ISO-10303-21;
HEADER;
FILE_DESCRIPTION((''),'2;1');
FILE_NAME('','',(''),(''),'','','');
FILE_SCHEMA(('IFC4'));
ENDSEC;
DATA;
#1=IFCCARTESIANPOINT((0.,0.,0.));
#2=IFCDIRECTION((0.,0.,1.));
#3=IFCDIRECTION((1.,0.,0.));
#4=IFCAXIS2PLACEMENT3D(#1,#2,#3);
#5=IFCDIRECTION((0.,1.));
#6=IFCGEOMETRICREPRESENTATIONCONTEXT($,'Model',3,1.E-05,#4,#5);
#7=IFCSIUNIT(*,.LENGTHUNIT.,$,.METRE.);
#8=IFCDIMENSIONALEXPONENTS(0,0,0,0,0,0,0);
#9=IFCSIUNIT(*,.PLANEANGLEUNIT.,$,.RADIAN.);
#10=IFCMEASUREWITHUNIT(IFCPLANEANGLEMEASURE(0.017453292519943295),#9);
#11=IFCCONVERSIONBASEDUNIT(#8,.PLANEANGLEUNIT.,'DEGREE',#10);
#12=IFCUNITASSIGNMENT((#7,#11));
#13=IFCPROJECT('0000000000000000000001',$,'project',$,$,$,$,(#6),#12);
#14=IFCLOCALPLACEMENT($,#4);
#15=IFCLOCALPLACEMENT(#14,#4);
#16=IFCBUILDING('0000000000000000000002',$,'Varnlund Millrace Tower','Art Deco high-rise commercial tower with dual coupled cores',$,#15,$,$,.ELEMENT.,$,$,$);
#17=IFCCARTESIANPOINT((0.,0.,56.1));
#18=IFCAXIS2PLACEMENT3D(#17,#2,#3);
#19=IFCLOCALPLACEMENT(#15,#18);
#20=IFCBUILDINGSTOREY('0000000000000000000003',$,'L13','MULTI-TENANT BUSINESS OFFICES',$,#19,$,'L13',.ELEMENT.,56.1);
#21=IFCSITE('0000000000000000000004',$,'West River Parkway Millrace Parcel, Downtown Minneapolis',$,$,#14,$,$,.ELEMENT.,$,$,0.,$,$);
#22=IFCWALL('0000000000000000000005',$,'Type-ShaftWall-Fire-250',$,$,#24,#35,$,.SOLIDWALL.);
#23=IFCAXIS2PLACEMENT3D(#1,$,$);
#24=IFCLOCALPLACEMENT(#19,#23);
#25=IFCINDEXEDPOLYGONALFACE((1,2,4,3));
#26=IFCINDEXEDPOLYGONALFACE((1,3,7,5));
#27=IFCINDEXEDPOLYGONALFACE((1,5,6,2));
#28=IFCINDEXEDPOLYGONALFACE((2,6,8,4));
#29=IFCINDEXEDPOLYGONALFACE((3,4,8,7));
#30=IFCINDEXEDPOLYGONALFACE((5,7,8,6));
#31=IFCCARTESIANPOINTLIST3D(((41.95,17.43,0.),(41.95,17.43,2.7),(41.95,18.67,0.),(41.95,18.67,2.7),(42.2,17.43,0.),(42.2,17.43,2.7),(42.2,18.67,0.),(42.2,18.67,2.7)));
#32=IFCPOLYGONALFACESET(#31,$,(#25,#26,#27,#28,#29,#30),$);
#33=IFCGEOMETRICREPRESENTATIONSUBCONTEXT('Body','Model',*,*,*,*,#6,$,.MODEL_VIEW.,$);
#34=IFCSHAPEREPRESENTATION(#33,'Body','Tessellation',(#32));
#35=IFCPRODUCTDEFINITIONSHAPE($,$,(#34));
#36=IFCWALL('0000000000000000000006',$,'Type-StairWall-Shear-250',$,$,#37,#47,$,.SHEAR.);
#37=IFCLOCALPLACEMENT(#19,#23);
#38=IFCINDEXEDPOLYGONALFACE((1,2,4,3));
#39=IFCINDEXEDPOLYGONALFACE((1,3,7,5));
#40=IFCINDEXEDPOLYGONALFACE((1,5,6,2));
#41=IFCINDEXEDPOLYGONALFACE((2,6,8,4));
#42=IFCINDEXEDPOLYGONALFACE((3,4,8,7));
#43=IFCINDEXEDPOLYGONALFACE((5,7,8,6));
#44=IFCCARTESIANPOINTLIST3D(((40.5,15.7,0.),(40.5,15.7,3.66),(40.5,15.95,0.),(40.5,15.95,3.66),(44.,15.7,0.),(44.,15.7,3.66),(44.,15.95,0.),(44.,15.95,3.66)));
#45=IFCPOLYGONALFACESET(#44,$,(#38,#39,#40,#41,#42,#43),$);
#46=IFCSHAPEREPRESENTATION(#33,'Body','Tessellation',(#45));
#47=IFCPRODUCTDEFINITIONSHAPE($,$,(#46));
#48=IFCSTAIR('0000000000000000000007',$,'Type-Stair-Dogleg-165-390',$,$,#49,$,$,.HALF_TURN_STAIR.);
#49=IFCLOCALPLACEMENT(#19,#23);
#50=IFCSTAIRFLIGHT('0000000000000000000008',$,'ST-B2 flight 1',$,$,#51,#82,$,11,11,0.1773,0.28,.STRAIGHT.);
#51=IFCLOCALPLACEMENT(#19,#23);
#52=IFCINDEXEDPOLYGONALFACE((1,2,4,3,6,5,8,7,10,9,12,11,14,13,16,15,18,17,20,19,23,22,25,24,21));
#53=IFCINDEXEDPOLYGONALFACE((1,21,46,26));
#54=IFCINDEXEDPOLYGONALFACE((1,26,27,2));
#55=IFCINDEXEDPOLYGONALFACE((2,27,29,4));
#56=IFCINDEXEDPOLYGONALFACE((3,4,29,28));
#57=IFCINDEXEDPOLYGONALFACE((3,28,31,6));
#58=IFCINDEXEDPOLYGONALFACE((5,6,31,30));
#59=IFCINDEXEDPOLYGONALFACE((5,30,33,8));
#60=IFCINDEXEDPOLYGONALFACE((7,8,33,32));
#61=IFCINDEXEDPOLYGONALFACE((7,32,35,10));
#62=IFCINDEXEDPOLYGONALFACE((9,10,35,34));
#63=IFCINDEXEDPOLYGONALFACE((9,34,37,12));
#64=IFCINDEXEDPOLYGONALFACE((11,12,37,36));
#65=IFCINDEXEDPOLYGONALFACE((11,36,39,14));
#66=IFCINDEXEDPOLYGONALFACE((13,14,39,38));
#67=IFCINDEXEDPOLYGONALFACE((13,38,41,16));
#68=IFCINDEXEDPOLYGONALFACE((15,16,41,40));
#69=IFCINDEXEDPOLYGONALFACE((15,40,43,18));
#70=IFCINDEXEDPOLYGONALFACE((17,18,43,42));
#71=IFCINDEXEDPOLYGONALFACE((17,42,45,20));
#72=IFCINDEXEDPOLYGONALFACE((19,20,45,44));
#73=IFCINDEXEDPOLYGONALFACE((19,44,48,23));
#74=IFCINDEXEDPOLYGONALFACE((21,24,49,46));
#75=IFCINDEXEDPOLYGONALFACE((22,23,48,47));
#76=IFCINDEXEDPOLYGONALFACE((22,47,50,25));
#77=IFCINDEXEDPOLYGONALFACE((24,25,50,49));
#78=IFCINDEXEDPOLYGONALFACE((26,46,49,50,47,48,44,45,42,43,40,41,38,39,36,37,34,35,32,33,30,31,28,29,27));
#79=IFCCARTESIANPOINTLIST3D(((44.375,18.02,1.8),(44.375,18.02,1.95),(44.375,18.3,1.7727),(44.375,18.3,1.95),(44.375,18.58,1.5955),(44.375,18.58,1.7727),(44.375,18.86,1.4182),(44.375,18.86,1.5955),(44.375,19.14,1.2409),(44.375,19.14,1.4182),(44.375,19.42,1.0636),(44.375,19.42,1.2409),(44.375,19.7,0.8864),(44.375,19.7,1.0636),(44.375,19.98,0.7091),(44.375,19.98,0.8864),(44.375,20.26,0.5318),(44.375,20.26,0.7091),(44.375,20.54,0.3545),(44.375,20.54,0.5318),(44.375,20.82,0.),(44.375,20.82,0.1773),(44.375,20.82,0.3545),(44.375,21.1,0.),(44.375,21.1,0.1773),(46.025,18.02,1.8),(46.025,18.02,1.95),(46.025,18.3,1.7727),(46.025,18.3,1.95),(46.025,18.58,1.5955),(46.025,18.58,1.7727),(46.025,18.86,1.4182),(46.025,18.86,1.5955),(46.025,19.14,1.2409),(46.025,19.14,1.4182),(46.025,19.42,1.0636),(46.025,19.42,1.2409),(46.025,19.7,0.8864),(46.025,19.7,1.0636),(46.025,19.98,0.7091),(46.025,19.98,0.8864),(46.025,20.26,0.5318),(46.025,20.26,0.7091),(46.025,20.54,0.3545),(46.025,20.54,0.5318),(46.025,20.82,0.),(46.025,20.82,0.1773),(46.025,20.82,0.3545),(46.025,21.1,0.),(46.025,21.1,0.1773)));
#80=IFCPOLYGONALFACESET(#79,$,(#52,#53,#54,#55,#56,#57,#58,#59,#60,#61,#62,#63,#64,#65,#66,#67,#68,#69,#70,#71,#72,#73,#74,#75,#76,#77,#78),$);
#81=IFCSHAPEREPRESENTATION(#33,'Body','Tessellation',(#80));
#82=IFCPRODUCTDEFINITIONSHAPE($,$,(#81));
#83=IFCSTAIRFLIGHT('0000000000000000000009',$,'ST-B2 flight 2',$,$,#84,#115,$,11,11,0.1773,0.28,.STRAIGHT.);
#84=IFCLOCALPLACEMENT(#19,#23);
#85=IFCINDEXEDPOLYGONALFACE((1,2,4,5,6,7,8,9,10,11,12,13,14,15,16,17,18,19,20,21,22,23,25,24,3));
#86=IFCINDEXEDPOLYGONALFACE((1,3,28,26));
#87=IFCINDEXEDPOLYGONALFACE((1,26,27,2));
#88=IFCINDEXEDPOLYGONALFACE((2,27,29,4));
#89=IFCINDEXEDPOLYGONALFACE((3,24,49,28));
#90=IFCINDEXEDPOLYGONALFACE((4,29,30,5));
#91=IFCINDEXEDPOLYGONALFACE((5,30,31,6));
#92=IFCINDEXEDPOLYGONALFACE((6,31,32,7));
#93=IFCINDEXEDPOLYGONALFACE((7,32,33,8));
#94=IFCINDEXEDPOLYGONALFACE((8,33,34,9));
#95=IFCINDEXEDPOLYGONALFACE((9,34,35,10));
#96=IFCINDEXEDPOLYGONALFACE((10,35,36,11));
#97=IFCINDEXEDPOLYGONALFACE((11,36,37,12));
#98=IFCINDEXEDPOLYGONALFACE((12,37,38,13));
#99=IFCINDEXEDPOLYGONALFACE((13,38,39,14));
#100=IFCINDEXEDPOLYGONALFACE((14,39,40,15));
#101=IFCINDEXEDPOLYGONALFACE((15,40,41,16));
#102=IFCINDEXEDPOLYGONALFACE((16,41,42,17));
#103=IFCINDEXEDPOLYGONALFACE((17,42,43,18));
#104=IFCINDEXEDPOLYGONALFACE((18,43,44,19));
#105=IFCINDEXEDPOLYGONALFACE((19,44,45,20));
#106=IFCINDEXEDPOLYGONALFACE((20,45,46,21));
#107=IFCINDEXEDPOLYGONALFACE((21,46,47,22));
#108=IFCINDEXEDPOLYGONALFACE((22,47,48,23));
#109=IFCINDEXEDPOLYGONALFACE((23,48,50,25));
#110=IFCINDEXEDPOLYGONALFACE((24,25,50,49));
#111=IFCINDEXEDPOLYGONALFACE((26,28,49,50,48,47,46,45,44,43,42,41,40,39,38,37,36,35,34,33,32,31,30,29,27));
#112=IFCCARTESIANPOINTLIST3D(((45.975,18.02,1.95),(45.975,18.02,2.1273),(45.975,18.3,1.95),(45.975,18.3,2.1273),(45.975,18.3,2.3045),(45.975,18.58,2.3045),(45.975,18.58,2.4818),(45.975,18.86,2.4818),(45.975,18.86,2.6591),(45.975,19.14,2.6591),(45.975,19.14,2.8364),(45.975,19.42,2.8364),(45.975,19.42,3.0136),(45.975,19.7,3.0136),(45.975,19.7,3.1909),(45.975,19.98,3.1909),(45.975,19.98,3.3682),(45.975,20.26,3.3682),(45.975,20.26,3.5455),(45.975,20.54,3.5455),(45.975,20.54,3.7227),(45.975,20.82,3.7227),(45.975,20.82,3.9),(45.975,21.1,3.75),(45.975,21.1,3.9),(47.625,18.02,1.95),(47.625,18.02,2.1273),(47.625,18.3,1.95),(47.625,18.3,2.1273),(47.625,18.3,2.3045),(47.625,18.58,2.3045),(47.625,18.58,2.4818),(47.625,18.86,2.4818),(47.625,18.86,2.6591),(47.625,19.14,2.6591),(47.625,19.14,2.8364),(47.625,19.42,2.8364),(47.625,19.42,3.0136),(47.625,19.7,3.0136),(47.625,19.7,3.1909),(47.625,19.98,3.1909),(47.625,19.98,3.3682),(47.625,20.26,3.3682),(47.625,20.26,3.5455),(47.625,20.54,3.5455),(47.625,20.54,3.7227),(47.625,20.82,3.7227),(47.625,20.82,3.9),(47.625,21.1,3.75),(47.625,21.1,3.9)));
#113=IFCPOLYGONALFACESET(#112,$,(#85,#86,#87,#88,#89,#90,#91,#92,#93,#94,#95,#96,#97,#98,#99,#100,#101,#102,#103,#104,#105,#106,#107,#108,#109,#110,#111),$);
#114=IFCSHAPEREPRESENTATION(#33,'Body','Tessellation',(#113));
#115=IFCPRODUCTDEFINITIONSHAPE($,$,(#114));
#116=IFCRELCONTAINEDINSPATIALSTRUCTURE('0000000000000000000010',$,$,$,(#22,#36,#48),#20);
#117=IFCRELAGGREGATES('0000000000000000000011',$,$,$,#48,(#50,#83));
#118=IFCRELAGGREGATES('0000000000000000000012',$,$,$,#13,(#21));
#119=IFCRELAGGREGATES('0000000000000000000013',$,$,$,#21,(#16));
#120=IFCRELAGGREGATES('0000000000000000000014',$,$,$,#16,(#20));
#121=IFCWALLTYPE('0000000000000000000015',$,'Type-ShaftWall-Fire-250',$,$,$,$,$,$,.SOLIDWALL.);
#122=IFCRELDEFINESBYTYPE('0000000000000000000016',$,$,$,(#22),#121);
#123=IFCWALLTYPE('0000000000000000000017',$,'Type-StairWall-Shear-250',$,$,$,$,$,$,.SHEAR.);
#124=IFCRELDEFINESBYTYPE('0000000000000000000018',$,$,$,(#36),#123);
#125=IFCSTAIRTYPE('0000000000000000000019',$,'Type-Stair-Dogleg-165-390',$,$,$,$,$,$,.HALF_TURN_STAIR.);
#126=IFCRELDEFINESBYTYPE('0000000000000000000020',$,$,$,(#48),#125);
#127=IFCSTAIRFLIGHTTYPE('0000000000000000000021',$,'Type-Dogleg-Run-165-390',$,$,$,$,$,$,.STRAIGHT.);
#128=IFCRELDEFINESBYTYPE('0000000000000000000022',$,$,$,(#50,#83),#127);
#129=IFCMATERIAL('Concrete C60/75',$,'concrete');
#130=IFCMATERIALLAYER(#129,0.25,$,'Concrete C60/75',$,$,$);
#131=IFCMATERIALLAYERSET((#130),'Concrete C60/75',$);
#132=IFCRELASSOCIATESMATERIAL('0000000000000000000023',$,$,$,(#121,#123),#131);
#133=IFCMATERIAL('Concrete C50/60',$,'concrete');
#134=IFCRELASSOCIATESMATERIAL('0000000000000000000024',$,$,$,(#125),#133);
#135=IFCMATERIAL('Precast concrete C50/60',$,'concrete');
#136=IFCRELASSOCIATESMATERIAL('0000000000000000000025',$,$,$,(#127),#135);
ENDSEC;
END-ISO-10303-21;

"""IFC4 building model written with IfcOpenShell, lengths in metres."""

from ifc_helpers import new_model, entity, si_unit, converted_unit, direction, frame, origin_with_axes, place, context, subcontext, project, spatial, polyline, outline, extrude, material, layer, layer_set, type_object, element, aggregate, save


model = new_model("IFC4")

# Units and contexts
model_context = context("Model", 3, precision=1e-05, world=origin_with_axes(), true_north=direction((0.0, 1.0)))
body_context = subcontext(model_context, "Body", "Model", "MODEL_VIEW")
ifc_project = project(units=[si_unit("LENGTHUNIT", "METRE"), converted_unit("PLANEANGLEUNIT", "DEGREE", entity("IfcPlaneAngleMeasure", 0.017453292519943295), si_unit("PLANEANGLEUNIT", "RADIAN"), dimensions=[0, 0, 0, 0, 0, 0, 0])], contexts=[model_context])

# Site, building, storey
site_placement = place(None, origin_with_axes())
site = spatial("IfcSite", under=ifc_project, at=site_placement, Name="West River Parkway Millrace Parcel, Downtown Minneapolis", CompositionType="ELEMENT", RefElevation=0.0)
building_placement = place(site_placement, origin_with_axes())
building = spatial("IfcBuilding", under=site, at=building_placement, Name="Varnlund Millrace Tower", Description="Art Deco high-rise commercial tower with dual coupled cores", CompositionType="ELEMENT")
storey_placement = place(building_placement, frame((0.0, 0.0, 56.1), z_axis=(0.0, 0.0, 1.0), x_axis=(1.0, 0.0, 0.0)))
storey = spatial("IfcBuildingStorey", under=building, at=storey_placement, Name="L13", Description="MULTI-TENANT BUSINESS OFFICES", LongName="L13", CompositionType="ELEMENT", Elevation=56.1)

# Shared definitions
ifc_material_1 = material(Name="Precast concrete C50/60", Category="concrete")

# Shared definitions
ifc_material_2 = material(Name="Concrete C60/75", Category="concrete")
ifc_layer_1 = layer(ifc_material_2, 0.25, Name="Concrete C60/75")
ifc_layer_set_1 = layer_set([ifc_layer_1], Name="Concrete C60/75")
wall_type_1 = type_object("IfcWallType", Name="Type-ShaftWall-Fire-250", PredefinedType="SOLIDWALL", material=ifc_layer_set_1)

# Walls
wall_1_placement = place(storey_placement, frame((42.075, 17.43, 0.0), z_axis=(0.0, 0.0, 1.0), x_axis=(0.0, 1.0, 0.0)))
element("IfcWall", 1, at=wall_1_placement, inside=storey, type_object=wall_type_1, Name="Type-ShaftWall-Fire-250", PredefinedType="SOLIDWALL", context=body_context, shape_type="SweptSolid", body=[
    extrude(outline(polyline([(0.0, -0.125), (1.24, -0.125), (1.24, 0.125), (0.0, 0.125), (0.0, -0.125)])), origin_with_axes(), (0.0, 0.0, 1.0), 2.7),
])
wall_type_2 = type_object("IfcWallType", Name="Type-StairWall-Shear-250", PredefinedType="SHEAR", material=ifc_layer_set_1)
wall_2_placement = place(storey_placement, frame((40.5, 15.825, 0.0), z_axis=(0.0, 0.0, 1.0), x_axis=(1.0, 0.0, 0.0)))
element("IfcWall", 2, at=wall_2_placement, inside=storey, type_object=wall_type_2, Name="Type-StairWall-Shear-250", PredefinedType="SHEAR", context=body_context, shape_type="SweptSolid", body=[
    extrude(outline(polyline([(0.0, -0.125), (3.5, -0.125), (3.5, 0.125), (0.0, 0.125), (0.0, -0.125)])), origin_with_axes(), (0.0, 0.0, 1.0), 3.66),
])

# Stair, stair flights
ifc_material_3 = material(Name="Concrete C50/60", Category="concrete")
stair_type = type_object("IfcStairType", Name="Type-Stair-Dogleg-165-390", PredefinedType="HALF_TURN_STAIR", material=ifc_material_3)
stair_placement = place(storey_placement, origin_with_axes())
stair = element("IfcStair", 3, at=stair_placement, inside=storey, type_object=stair_type, Name="Type-Stair-Dogleg-165-390", PredefinedType="HALF_TURN_STAIR")
stair_flight_type = type_object("IfcStairFlightType", Name="Type-Dogleg-Run-165-390", PredefinedType="STRAIGHT", material=ifc_material_1)
stair_flight_1_placement = place(storey_placement, frame((46.025, 21.1, 0.0), z_axis=(-1.0, 0.0, 0.0), x_axis=(0.0, -1.0, 0.0)))
stair_flight_1 = element("IfcStairFlight", 4, at=stair_flight_1_placement, type_object=stair_flight_type, Name="ST-B2 flight 1", NumberOfRisers=11, NumberOfTreads=11, PredefinedType="STRAIGHT", RiserHeight=0.1773, TreadLength=0.28, context=body_context, shape_type="SweptSolid", body=[
    extrude(outline(polyline([(0.0, 0.0), (0.0, 0.1773), (0.28, 0.1773), (0.28, 0.3545), (0.56, 0.3545), (0.56, 0.5318), (0.84, 0.5318), (0.84, 0.7091), (1.12, 0.7091), (1.12, 0.8864), (1.4, 0.8864), (1.4, 1.0636), (1.68, 1.0636), (1.68, 1.2409), (1.96, 1.2409), (1.96, 1.4182), (2.24, 1.4182), (2.24, 1.5955), (2.52, 1.5955), (2.52, 1.7727), (2.8, 1.7727), (2.8, 1.95), (3.08, 1.95), (3.08, 1.8), (0.28, 0.0), (0.0, 0.0)])), origin_with_axes(), (0.0, 0.0, 1.0), 1.65),
])
stair_flight_2_placement = place(storey_placement, frame((45.975, 18.02, 1.95), z_axis=(1.0, 0.0, 0.0), x_axis=(0.0, 1.0, 0.0)))
stair_flight_2 = element("IfcStairFlight", 5, at=stair_flight_2_placement, type_object=stair_flight_type, Name="ST-B2 flight 2", NumberOfRisers=11, NumberOfTreads=11, PredefinedType="STRAIGHT", RiserHeight=0.1773, TreadLength=0.28, context=body_context, shape_type="SweptSolid", body=[
    extrude(outline(polyline([(0.0, 0.0), (0.0, 0.1773), (0.28, 0.1773), (0.28, 0.3545), (0.56, 0.3545), (0.56, 0.5318), (0.84, 0.5318), (0.84, 0.7091), (1.12, 0.7091), (1.12, 0.8864), (1.4, 0.8864), (1.4, 1.0636), (1.68, 1.0636), (1.68, 1.2409), (1.96, 1.2409), (1.96, 1.4182), (2.24, 1.4182), (2.24, 1.5955), (2.52, 1.5955), (2.52, 1.7727), (2.8, 1.7727), (2.8, 1.95), (3.08, 1.95), (3.08, 1.8), (0.28, 0.0), (0.0, 0.0)])), origin_with_axes(), (0.0, 0.0, 1.0), 1.65),
])
aggregate(stair, [stair_flight_1, stair_flight_2])

save(model, "model.ifc")
